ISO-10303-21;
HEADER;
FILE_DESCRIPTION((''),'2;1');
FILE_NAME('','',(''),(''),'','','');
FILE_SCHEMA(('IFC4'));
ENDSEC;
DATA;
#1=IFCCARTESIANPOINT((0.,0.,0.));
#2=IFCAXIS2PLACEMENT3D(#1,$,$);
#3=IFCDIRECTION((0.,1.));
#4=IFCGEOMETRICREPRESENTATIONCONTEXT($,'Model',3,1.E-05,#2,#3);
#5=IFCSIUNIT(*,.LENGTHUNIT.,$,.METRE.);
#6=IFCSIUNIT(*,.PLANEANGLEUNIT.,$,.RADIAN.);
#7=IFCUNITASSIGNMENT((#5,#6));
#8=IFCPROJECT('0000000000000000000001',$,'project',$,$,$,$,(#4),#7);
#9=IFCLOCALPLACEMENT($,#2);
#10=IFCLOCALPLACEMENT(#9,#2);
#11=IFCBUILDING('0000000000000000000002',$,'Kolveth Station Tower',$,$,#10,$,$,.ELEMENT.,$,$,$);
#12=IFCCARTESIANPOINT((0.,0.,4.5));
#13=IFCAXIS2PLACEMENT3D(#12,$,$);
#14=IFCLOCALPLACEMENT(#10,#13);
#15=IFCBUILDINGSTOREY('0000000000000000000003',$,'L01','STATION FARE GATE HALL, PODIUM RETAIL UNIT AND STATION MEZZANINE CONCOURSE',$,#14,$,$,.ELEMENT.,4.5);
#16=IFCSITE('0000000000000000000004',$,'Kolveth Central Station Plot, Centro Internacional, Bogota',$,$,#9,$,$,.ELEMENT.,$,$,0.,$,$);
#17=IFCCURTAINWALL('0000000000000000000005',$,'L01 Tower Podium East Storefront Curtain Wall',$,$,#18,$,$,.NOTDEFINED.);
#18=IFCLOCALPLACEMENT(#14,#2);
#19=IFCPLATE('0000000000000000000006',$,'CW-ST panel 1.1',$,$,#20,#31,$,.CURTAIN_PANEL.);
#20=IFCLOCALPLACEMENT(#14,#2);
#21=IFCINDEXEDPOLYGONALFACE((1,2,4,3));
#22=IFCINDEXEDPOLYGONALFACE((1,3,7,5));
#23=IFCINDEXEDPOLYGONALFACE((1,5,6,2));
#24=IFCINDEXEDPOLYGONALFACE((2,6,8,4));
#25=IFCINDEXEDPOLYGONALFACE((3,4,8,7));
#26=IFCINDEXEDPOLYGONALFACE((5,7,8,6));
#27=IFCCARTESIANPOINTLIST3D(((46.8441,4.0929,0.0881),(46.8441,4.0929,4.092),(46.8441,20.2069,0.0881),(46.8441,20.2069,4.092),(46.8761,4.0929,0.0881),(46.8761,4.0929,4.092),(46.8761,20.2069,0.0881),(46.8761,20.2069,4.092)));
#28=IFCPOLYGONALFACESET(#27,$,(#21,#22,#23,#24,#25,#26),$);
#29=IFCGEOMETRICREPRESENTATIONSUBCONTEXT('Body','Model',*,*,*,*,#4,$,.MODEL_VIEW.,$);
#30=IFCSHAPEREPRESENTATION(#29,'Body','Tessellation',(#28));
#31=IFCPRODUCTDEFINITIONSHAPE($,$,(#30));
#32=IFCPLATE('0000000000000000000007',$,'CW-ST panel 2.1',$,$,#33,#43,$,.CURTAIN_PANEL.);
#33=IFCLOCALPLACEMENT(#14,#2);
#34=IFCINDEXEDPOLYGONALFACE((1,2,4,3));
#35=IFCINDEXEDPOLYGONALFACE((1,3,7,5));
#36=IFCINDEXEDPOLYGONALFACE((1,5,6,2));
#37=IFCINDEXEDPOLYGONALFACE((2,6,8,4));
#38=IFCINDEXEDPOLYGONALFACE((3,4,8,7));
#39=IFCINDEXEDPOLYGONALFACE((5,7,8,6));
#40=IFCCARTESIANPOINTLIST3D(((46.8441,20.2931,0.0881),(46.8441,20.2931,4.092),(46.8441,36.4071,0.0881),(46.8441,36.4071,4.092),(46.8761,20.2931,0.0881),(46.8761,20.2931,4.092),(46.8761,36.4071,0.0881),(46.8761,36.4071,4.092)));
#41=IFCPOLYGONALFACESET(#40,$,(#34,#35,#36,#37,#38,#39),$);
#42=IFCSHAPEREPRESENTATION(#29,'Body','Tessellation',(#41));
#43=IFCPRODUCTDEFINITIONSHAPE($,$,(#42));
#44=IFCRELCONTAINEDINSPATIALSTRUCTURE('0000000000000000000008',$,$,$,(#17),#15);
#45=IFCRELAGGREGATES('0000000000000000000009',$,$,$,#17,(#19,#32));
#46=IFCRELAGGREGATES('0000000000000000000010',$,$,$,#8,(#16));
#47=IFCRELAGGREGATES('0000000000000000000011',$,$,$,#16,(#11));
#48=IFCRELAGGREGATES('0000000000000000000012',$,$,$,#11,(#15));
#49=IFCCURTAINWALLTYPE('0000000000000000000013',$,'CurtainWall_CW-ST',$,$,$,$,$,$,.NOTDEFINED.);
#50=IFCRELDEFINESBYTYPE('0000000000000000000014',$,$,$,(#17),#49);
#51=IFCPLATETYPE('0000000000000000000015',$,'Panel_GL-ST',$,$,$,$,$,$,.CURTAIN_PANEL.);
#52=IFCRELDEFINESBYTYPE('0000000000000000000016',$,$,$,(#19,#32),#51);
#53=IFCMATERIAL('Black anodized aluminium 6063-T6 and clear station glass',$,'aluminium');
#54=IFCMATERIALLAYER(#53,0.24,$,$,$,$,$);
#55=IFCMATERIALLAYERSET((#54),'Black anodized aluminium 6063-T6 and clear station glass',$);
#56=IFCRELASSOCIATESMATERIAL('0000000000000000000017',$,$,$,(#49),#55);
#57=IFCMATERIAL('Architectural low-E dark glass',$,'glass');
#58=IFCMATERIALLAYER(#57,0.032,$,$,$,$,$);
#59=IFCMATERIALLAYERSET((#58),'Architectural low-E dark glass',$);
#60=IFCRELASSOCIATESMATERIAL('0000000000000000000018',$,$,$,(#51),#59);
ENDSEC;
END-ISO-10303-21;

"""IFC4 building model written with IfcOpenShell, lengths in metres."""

from ifc_helpers import new_model, si_unit, direction, frame, origin, origin_2d, place, context, subcontext, project, spatial, rectangle, extrude, source, transform, mapped, material, layer, layer_set, type_object, element, aggregate, save


model = new_model("IFC4")

# Units and contexts
model_context = context("Model", 3, precision=1e-05, world=origin(), true_north=direction((0.0, 1.0)))
body_context = subcontext(model_context, "Body", "Model", "MODEL_VIEW")
ifc_project = project(units=[si_unit("LENGTHUNIT", "METRE"), si_unit("PLANEANGLEUNIT", "RADIAN")], contexts=[model_context])

# Site, building, storey
site_placement = place(None, origin())
site = spatial("IfcSite", under=ifc_project, at=site_placement, Name="Kolveth Central Station Plot, Centro Internacional, Bogota", CompositionType="ELEMENT", RefElevation=0.0)
building_placement = place(site_placement, origin())
building = spatial("IfcBuilding", under=site, at=building_placement, Name="Kolveth Station Tower", CompositionType="ELEMENT")
storey_placement = place(building_placement, frame((0.0, 0.0, 4.5)))
storey = spatial("IfcBuildingStorey", under=building, at=storey_placement, Name="L01", Description="STATION FARE GATE HALL, PODIUM RETAIL UNIT AND STATION MEZZANINE CONCOURSE", CompositionType="ELEMENT", Elevation=4.5)

# Curtain wall, plates
ifc_material_1 = material(Name="Black anodized aluminium 6063-T6 and clear station glass", Category="aluminium")
ifc_layer_1 = layer(ifc_material_1, 0.24)
ifc_layer_set_1 = layer_set([ifc_layer_1], Name="Black anodized aluminium 6063-T6 and clear station glass")
curtain_wall_type = type_object("IfcCurtainWallType", Name="CurtainWall_CW-ST", PredefinedType="NOTDEFINED", material=ifc_layer_set_1)
curtain_wall_placement = place(storey_placement, origin())
curtain_wall = element("IfcCurtainWall", 1, at=curtain_wall_placement, inside=storey, type_object=curtain_wall_type, Name="L01 Tower Podium East Storefront Curtain Wall", PredefinedType="NOTDEFINED")
ifc_material_2 = material(Name="Architectural low-E dark glass", Category="glass")
ifc_layer_2 = layer(ifc_material_2, 0.032)
ifc_layer_set_2 = layer_set([ifc_layer_2], Name="Architectural low-E dark glass")
plate_type = type_object("IfcPlateType", Name="Panel_GL-ST", PredefinedType="CURTAIN_PANEL", material=ifc_layer_set_2)
shared_shape_1 = source(origin(), body_context, "Body", "SweptSolid", [
    extrude(rectangle(XDim=16.114, YDim=0.032, at=origin_2d()), origin(), (0.0, 0.0, 1.0), 4.0039),
])
plate_1_placement = place(storey_placement, frame((46.8601, 12.1499, 0.0881), z_axis=(0.0, 0.0, 1.0), x_axis=(0.0, 1.0, 0.0)))
plate_1 = element("IfcPlate", 2, at=plate_1_placement, type_object=plate_type, Name="CW-ST panel 1.1", PredefinedType="CURTAIN_PANEL", context=body_context, shape_type="MappedRepresentation", body=[
    mapped(shared_shape_1, transform((0.0, 0.0, 0.0), x_axis=(1.0, 0.0, 0.0), y_axis=(0.0, 1.0, 0.0), z_axis=(0.0, 0.0, 1.0), scale=1.0)),
])
plate_2_placement = place(storey_placement, frame((46.8601, 28.3501, 0.0881), z_axis=(0.0, 0.0, 1.0), x_axis=(0.0, 1.0, 0.0)))
plate_2 = element("IfcPlate", 3, at=plate_2_placement, type_object=plate_type, Name="CW-ST panel 2.1", PredefinedType="CURTAIN_PANEL", context=body_context, shape_type="MappedRepresentation", body=[
    mapped(shared_shape_1, transform((0.0, 0.0, 0.0), x_axis=(1.0, 0.0, 0.0), y_axis=(0.0, 1.0, 0.0), z_axis=(0.0, 0.0, 1.0), scale=1.0)),
])
aggregate(curtain_wall, [plate_1, plate_2])

save(model, "model.ifc")
